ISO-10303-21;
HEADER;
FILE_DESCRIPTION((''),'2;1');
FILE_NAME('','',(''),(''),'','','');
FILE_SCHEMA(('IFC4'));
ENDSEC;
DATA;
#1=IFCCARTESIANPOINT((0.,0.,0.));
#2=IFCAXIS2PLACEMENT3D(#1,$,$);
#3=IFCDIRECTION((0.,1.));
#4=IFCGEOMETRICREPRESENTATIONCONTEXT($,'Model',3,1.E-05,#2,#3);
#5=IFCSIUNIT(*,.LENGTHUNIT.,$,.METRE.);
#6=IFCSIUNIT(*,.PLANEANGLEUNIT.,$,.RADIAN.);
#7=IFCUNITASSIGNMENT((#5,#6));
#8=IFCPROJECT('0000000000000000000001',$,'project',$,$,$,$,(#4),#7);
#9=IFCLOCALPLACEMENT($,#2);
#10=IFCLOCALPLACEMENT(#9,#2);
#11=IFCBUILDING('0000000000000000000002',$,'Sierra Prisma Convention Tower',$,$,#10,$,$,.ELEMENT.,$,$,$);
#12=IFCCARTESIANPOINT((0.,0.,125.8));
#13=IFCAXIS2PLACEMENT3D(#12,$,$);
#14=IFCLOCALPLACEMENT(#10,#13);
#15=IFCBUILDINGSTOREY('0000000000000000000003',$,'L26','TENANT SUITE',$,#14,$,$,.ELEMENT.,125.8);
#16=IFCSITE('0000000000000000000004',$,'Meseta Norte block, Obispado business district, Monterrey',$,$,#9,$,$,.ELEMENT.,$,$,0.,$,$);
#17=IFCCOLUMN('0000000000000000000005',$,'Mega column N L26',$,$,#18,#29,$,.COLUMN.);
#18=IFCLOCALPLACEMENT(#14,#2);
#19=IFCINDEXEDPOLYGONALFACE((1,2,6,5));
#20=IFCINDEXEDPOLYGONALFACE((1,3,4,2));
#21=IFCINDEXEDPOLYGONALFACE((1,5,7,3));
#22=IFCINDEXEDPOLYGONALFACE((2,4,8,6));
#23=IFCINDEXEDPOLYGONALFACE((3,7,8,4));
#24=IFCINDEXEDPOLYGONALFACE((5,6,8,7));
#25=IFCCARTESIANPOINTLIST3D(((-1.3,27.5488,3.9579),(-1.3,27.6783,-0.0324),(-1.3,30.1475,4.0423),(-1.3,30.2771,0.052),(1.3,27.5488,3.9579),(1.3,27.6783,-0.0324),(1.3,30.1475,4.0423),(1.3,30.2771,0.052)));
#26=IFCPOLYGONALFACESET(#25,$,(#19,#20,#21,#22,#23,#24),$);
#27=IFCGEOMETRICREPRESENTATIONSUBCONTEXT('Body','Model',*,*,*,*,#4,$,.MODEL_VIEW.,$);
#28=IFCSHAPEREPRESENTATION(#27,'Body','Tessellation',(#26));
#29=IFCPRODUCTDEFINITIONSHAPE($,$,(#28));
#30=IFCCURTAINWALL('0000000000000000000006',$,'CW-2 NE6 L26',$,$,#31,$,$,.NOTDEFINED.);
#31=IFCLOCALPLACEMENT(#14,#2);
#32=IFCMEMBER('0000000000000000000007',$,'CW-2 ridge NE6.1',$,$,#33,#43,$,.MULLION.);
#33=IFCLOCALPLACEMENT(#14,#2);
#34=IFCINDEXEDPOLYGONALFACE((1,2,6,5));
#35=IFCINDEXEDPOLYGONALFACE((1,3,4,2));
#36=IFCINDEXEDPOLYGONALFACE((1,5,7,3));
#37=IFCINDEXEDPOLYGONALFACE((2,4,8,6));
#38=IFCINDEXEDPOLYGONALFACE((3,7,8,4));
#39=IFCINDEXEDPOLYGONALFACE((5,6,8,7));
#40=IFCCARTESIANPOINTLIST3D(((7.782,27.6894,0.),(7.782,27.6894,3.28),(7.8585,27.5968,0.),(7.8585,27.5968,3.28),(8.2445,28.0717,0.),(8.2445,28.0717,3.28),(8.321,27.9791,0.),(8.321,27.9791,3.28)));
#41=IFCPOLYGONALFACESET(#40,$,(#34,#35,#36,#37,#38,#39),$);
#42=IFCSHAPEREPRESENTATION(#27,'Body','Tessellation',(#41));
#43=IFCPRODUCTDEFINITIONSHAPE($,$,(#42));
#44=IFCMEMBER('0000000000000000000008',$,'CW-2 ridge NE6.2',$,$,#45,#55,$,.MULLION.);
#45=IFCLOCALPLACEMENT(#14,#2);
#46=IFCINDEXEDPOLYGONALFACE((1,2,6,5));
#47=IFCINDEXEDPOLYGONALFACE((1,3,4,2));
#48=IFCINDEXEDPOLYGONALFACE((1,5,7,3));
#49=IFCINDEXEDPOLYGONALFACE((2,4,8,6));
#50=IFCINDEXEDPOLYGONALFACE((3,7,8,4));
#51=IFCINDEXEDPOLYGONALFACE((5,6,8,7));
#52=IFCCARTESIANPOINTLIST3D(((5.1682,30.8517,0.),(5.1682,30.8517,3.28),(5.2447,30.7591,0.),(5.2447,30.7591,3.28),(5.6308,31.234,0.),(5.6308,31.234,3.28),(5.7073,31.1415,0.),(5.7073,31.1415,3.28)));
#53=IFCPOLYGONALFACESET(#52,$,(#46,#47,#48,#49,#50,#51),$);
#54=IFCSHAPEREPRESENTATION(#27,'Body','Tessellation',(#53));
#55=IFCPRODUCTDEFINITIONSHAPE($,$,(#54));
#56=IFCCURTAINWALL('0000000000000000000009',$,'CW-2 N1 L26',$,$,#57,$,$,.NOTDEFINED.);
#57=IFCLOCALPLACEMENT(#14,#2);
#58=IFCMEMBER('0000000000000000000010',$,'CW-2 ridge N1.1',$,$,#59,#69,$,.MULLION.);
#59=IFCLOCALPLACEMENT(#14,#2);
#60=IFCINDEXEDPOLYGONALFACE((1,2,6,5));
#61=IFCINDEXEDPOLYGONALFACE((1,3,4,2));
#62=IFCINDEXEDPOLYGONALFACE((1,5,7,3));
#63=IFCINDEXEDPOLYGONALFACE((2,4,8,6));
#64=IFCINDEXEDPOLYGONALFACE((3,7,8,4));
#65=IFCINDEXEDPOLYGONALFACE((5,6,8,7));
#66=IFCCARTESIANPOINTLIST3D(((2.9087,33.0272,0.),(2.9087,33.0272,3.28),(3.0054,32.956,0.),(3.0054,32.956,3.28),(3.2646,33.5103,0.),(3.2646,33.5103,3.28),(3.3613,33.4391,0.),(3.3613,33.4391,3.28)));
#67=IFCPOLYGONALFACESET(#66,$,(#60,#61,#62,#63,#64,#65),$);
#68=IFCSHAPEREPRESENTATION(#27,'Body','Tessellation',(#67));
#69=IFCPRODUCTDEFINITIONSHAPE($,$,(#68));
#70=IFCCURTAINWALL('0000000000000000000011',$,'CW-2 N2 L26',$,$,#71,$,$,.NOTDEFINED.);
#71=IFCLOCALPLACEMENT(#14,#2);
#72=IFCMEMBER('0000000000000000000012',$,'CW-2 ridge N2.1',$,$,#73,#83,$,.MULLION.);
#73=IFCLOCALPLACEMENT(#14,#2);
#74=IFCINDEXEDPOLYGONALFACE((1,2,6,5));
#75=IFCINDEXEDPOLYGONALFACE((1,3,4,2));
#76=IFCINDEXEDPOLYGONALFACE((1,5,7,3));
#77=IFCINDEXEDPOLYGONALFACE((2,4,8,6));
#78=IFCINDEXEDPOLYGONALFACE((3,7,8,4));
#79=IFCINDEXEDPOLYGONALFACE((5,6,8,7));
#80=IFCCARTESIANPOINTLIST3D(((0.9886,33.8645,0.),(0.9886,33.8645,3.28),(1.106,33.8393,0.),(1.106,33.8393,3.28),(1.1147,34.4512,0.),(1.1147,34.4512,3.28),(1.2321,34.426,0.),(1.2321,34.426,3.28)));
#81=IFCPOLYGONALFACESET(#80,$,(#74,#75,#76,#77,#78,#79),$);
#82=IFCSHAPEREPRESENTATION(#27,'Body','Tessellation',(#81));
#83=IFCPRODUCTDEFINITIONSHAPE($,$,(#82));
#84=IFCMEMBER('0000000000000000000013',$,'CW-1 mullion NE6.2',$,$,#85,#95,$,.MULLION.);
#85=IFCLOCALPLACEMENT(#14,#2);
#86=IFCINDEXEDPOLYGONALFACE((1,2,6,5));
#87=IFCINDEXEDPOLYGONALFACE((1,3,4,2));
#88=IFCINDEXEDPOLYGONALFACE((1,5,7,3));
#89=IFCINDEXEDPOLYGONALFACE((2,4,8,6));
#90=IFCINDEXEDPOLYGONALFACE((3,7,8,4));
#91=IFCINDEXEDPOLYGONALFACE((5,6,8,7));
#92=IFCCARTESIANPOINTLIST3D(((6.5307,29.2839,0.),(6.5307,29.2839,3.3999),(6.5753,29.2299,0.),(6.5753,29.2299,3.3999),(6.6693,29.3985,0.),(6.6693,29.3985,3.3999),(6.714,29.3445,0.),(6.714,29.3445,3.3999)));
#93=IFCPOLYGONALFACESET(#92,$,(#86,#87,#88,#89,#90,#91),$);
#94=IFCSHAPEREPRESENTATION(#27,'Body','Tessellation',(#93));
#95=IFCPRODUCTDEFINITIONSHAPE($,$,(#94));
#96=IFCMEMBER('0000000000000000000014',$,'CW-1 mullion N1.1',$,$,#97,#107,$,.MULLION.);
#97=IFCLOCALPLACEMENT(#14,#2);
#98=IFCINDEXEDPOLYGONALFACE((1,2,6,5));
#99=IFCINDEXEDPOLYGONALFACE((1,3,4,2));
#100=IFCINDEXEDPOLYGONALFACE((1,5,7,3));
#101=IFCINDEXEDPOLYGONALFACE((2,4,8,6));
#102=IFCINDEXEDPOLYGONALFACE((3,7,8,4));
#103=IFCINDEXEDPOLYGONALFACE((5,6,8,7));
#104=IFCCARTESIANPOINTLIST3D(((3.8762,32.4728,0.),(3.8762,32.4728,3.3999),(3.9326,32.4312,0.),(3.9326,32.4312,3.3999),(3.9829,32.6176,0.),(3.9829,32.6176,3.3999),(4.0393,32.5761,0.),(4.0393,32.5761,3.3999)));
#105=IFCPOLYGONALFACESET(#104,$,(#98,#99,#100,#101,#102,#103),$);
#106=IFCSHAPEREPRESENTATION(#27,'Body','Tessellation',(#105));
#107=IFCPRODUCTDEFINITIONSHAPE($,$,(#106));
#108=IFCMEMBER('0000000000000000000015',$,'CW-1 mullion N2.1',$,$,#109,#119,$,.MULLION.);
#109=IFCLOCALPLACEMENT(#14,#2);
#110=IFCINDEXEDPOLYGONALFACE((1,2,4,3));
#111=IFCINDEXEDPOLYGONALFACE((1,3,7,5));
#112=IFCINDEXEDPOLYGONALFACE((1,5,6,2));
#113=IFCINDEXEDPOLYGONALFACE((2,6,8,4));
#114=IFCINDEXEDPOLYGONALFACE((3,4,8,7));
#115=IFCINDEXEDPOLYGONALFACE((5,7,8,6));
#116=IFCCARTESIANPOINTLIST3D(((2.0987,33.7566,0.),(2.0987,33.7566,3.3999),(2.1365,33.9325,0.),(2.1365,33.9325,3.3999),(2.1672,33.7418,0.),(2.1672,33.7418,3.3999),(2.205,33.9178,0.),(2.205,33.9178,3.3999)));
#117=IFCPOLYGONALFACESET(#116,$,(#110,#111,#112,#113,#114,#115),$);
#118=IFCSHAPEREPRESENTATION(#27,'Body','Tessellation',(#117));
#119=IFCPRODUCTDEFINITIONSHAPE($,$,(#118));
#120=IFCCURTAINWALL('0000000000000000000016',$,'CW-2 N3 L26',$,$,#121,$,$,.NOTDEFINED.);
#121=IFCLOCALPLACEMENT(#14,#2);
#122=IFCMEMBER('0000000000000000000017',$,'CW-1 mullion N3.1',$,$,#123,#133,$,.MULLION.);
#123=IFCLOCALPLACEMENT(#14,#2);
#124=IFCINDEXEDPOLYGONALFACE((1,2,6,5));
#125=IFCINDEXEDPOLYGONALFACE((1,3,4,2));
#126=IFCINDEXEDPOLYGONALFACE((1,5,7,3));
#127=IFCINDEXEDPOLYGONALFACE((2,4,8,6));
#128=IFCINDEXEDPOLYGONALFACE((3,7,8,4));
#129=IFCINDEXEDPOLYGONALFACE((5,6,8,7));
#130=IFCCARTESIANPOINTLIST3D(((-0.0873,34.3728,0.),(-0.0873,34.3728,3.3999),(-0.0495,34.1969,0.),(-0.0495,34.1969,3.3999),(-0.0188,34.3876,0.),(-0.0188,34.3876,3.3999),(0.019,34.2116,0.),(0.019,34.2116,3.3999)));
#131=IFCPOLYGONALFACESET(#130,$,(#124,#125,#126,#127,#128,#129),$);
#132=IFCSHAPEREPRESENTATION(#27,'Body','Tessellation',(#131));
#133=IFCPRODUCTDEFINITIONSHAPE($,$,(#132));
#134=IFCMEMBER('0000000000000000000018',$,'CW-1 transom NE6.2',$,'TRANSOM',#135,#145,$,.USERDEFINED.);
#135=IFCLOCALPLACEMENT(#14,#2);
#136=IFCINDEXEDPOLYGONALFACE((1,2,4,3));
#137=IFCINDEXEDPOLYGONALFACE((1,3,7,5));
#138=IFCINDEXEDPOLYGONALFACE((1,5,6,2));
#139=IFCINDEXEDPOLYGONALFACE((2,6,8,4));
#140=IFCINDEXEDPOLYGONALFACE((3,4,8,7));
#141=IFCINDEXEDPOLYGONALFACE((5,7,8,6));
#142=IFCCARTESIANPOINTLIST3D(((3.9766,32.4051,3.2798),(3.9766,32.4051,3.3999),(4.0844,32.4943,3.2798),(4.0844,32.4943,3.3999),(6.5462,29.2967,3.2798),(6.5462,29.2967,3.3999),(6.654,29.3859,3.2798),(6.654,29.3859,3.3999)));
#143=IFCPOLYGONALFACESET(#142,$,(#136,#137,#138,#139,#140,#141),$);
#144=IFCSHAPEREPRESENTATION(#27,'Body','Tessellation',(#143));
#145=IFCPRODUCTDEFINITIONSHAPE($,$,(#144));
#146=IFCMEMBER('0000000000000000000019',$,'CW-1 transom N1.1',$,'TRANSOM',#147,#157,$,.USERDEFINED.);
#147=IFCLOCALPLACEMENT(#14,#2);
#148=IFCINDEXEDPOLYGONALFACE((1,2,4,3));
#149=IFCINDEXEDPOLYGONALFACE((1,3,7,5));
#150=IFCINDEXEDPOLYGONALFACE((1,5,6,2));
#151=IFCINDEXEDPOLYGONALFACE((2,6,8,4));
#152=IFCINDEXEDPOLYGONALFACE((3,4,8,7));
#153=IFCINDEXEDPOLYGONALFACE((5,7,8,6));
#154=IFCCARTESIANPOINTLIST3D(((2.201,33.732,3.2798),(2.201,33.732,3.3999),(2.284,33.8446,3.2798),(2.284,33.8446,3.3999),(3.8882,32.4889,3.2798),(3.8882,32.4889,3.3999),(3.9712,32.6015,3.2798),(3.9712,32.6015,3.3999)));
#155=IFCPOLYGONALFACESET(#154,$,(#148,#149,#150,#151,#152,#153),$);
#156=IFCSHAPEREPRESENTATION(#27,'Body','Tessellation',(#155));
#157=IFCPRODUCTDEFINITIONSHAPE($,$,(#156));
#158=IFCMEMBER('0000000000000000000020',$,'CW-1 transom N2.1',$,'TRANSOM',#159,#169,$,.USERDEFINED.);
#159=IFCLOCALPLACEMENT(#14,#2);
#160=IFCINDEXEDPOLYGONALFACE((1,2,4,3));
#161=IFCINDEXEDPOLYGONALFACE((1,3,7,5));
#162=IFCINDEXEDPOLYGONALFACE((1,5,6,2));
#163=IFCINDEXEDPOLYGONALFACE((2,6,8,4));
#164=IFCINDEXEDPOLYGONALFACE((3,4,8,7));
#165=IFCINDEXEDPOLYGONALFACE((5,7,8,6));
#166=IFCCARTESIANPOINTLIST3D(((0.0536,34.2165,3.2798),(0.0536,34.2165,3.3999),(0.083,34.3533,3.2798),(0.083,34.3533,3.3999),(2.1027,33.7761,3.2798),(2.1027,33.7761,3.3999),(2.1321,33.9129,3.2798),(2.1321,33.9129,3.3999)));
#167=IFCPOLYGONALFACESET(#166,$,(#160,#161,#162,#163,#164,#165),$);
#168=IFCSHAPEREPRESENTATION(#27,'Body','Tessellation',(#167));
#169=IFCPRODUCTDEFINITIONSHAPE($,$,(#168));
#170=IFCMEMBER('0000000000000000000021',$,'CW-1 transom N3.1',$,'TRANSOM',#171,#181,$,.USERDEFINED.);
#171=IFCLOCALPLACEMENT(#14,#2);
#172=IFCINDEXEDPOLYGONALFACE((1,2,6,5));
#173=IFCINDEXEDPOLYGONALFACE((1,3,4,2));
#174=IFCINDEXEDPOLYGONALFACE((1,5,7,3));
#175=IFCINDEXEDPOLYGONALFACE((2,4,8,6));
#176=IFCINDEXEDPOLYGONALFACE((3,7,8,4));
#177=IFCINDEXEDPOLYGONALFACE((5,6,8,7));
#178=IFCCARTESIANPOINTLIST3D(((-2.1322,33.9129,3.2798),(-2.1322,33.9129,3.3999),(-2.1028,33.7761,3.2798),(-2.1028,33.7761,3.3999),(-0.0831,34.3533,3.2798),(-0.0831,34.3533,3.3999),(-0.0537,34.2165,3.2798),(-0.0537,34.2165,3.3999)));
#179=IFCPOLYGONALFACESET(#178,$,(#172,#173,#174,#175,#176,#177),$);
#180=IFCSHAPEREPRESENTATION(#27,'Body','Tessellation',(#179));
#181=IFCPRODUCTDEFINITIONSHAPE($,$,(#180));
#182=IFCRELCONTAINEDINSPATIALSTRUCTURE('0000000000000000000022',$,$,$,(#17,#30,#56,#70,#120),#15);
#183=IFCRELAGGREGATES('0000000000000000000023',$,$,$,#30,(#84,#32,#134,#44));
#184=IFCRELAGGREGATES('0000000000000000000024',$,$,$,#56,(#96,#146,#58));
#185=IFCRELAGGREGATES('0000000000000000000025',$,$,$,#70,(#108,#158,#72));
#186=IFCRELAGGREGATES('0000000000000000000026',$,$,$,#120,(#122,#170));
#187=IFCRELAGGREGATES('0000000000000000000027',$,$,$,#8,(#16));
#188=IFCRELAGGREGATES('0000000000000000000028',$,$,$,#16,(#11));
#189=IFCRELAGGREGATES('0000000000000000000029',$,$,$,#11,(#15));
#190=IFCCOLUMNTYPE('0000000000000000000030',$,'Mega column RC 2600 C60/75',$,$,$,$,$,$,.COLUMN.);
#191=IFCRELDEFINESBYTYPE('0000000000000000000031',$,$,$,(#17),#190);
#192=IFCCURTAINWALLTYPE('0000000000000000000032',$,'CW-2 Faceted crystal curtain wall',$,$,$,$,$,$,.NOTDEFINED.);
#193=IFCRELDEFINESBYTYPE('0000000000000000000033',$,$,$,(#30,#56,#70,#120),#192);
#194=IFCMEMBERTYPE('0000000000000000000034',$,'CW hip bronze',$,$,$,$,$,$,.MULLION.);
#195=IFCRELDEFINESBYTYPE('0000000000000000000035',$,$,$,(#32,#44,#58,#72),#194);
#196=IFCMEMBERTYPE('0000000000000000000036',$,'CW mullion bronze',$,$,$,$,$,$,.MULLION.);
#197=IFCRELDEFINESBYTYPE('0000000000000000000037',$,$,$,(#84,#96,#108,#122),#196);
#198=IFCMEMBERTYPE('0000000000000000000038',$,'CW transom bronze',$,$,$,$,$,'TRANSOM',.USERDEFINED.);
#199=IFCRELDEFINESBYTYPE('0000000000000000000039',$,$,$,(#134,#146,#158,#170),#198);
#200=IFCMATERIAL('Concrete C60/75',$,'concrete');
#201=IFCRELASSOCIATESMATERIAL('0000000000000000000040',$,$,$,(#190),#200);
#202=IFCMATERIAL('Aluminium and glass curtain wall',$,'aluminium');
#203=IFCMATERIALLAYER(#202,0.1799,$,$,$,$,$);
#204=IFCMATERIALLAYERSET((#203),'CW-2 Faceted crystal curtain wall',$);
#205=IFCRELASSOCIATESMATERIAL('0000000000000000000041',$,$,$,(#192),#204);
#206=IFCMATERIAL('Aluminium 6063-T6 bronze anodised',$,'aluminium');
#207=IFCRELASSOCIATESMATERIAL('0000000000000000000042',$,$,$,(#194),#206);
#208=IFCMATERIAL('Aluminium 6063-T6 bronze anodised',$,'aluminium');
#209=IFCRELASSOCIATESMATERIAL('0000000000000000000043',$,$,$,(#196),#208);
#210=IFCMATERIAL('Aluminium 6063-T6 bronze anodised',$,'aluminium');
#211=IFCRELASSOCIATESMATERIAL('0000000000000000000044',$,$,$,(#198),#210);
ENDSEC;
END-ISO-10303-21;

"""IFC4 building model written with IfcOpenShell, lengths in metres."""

from ifc_helpers import new_model, si_unit, direction, frame, origin, origin_2d, place, context, subcontext, project, spatial, rectangle, extrude, clip, halfspace, material, layer, layer_set, material_profile, profile_set, type_object, element, aggregate, save


model = new_model("IFC4")

# Units and contexts
model_context = context("Model", 3, precision=1e-05, world=origin(), true_north=direction((0.0, 1.0)))
body_context = subcontext(model_context, "Body", "Model", "MODEL_VIEW")
ifc_project = project(units=[si_unit("LENGTHUNIT", "METRE"), si_unit("PLANEANGLEUNIT", "RADIAN")], contexts=[model_context])

# Site, building, storey
site_placement = place(None, origin())
site = spatial("IfcSite", under=ifc_project, at=site_placement, Name="Meseta Norte block, Obispado business district, Monterrey", CompositionType="ELEMENT", RefElevation=0.0)
building_placement = place(site_placement, origin())
building = spatial("IfcBuilding", under=site, at=building_placement, Name="Sierra Prisma Convention Tower", CompositionType="ELEMENT")
storey_placement = place(building_placement, frame((0.0, 0.0, 125.8)))
storey = spatial("IfcBuildingStorey", under=building, at=storey_placement, Name="L26", Description="TENANT SUITE", CompositionType="ELEMENT", Elevation=125.8)

# Column
ifc_material_1 = material(Name="Concrete C60/75", Category="concrete")
ifc_material_profile_1 = material_profile(ifc_material_1, rectangle(XDim=2.6001, YDim=2.6001, at=origin_2d()), Name="Mega column RC 2600 C60/75")
ifc_profile_set_1 = profile_set([ifc_material_profile_1], Name="Concrete C60/75")
column_type = type_object("IfcColumnType", Name="Mega column RC 2600 C60/75", PredefinedType="COLUMN", material=ifc_profile_set_1)
column_placement = place(storey_placement, frame((0.0, 28.978, 0.0), z_axis=(0.0, -0.032454, 0.999473), x_axis=(1.0, 0.0, 0.0)))
element("IfcColumn", 1, at=column_placement, inside=storey, type_object=column_type, Name="Mega column N L26", PredefinedType="COLUMN", context=body_context, shape_type="SweptSolid", body=[
    clip(extrude(rectangle(XDim=2.6001, YDim=2.6001, at=origin_2d()), origin(), (0.0, 0.0, 1.0), 4.0022), halfspace(frame((0.0, 0.0, 0.0098)), True)),
])

# Curtain wall, members
ifc_material_2 = material(Name="Aluminium and glass curtain wall", Category="aluminium")
ifc_layer_1 = layer(ifc_material_2, 0.1799)
ifc_layer_set_1 = layer_set([ifc_layer_1], Name="CW-2 Faceted crystal curtain wall")
curtain_wall_type = type_object("IfcCurtainWallType", Name="CW-2 Faceted crystal curtain wall", PredefinedType="NOTDEFINED", material=ifc_layer_set_1)
curtain_wall_1_placement = place(storey_placement, origin())
curtain_wall_1 = element("IfcCurtainWall", 2, at=curtain_wall_1_placement, inside=storey, type_object=curtain_wall_type, Name="CW-2 NE6 L26", PredefinedType="NOTDEFINED")
ifc_material_3 = material(Name="Aluminium 6063-T6 bronze anodised", Category="aluminium")
ifc_material_profile_2 = material_profile(ifc_material_3, rectangle(XDim=0.1201, YDim=0.6001, at=origin_2d()), Name="ALU RIDGE BLADE 120x600")
ifc_profile_set_2 = profile_set([ifc_material_profile_2], Name="Aluminium 6063-T6 bronze anodised")
member_type_1 = type_object("IfcMemberType", Name="CW hip bronze", PredefinedType="MULLION", material=ifc_profile_set_2)
member_1_placement = place(storey_placement, frame((8.0515, 27.8342, 0.0), z_axis=(0.0, 0.0, 1.0), x_axis=(-0.637109, 0.770774, 0.0)))
member_1 = element("IfcMember", 3, at=member_1_placement, type_object=member_type_1, Name="CW-2 ridge NE6.1", PredefinedType="MULLION", context=body_context, shape_type="SweptSolid", body=[
    extrude(rectangle(XDim=0.1201, YDim=0.6001, at=origin_2d()), origin(), (0.0, 0.0, 1.0), 3.28),
])
member_2_placement = place(storey_placement, frame((5.4377, 30.9966, 0.0), z_axis=(0.0, 0.0, 1.0), x_axis=(-0.637109, 0.770774, 0.0)))
member_2 = element("IfcMember", 4, at=member_2_placement, type_object=member_type_1, Name="CW-2 ridge NE6.2", PredefinedType="MULLION", context=body_context, shape_type="SweptSolid", body=[
    extrude(rectangle(XDim=0.1201, YDim=0.6001, at=origin_2d()), origin(), (0.0, 0.0, 1.0), 3.28),
])

# Curtain walls, members
curtain_wall_2_placement = place(storey_placement, origin())
curtain_wall_2 = element("IfcCurtainWall", 5, at=curtain_wall_2_placement, inside=storey, type_object=curtain_wall_type, Name="CW-2 N1 L26", PredefinedType="NOTDEFINED")
member_3_placement = place(storey_placement, frame((3.135, 33.2332, 0.0), z_axis=(0.0, 0.0, 1.0), x_axis=(-0.80509, 0.593153, 0.0)))
member_3 = element("IfcMember", 6, at=member_3_placement, type_object=member_type_1, Name="CW-2 ridge N1.1", PredefinedType="MULLION", context=body_context, shape_type="SweptSolid", body=[
    extrude(rectangle(XDim=0.1201, YDim=0.6001, at=origin_2d()), origin(), (0.0, 0.0, 1.0), 3.28),
])
curtain_wall_3_placement = place(storey_placement, origin())
curtain_wall_3 = element("IfcCurtainWall", 7, at=curtain_wall_3_placement, inside=storey, type_object=curtain_wall_type, Name="CW-2 N2 L26", PredefinedType="NOTDEFINED")
member_4_placement = place(storey_placement, frame((1.1104, 34.1453, 0.0), z_axis=(0.0, 0.0, 1.0), x_axis=(-0.977684, 0.21008, 0.0)))
member_4 = element("IfcMember", 8, at=member_4_placement, type_object=member_type_1, Name="CW-2 ridge N2.1", PredefinedType="MULLION", context=body_context, shape_type="SweptSolid", body=[
    extrude(rectangle(XDim=0.1201, YDim=0.6001, at=origin_2d()), origin(), (0.0, 0.0, 1.0), 3.28),
])

# Members
ifc_material_4 = material(Name="Aluminium 6063-T6 bronze anodised", Category="aluminium")
ifc_material_profile_3 = material_profile(ifc_material_4, rectangle(XDim=0.1799, YDim=0.0701, at=origin_2d()), Name="ALU MULLION 70x180")
ifc_profile_set_3 = profile_set([ifc_material_profile_3], Name="Aluminium 6063-T6 bronze anodised")
member_type_2 = type_object("IfcMemberType", Name="CW mullion bronze", PredefinedType="MULLION", material=ifc_profile_set_3)
member_5_placement = place(storey_placement, frame((6.6223, 29.3142, 0.0), z_axis=(0.0, 0.0, 1.0), x_axis=(-0.770774, -0.637109, 0.0)))
member_5 = element("IfcMember", 9, at=member_5_placement, type_object=member_type_2, Name="CW-1 mullion NE6.2", PredefinedType="MULLION", context=body_context, shape_type="SweptSolid", body=[
    extrude(rectangle(XDim=0.1799, YDim=0.0701, at=origin_2d()), origin(), (0.0, 0.0, 1.0), 3.3999),
])
member_6_placement = place(storey_placement, frame((3.9578, 32.5244, 0.0), z_axis=(0.0, 0.0, 1.0), x_axis=(-0.593153, -0.80509, 0.0)))
member_6 = element("IfcMember", 10, at=member_6_placement, type_object=member_type_2, Name="CW-1 mullion N1.1", PredefinedType="MULLION", context=body_context, shape_type="SweptSolid", body=[
    extrude(rectangle(XDim=0.1799, YDim=0.0701, at=origin_2d()), origin(), (0.0, 0.0, 1.0), 3.3999),
])
member_7_placement = place(storey_placement, frame((2.1519, 33.8372, 0.0), z_axis=(0.0, 0.0, 1.0), x_axis=(-0.21008, -0.977684, 0.0)))
member_7 = element("IfcMember", 11, at=member_7_placement, type_object=member_type_2, Name="CW-1 mullion N2.1", PredefinedType="MULLION", context=body_context, shape_type="SweptSolid", body=[
    extrude(rectangle(XDim=0.1799, YDim=0.0701, at=origin_2d()), origin(), (0.0, 0.0, 1.0), 3.3999),
])

# Curtain wall, member
curtain_wall_4_placement = place(storey_placement, origin())
curtain_wall_4 = element("IfcCurtainWall", 12, at=curtain_wall_4_placement, inside=storey, type_object=curtain_wall_type, Name="CW-2 N3 L26", PredefinedType="NOTDEFINED")
member_8_placement = place(storey_placement, frame((-0.0342, 34.2922, 0.0), z_axis=(0.0, 0.0, 1.0), x_axis=(0.21008, -0.977684, 0.0)))
member_8 = element("IfcMember", 13, at=member_8_placement, type_object=member_type_2, Name="CW-1 mullion N3.1", PredefinedType="MULLION", context=body_context, shape_type="SweptSolid", body=[
    extrude(rectangle(XDim=0.1799, YDim=0.0701, at=origin_2d()), origin(), (0.0, 0.0, 1.0), 3.3999),
])

# Members
ifc_material_5 = material(Name="Aluminium 6063-T6 bronze anodised", Category="aluminium")
ifc_material_profile_4 = material_profile(ifc_material_5, rectangle(XDim=0.1399, YDim=0.1201, at=origin_2d()), Name="ALU TRANSOM 120x140")
ifc_profile_set_4 = profile_set([ifc_material_profile_4], Name="Aluminium 6063-T6 bronze anodised")
member_type_3 = type_object("IfcMemberType", Name="CW transom bronze", ElementType="TRANSOM", PredefinedType="USERDEFINED", material=ifc_profile_set_4)
member_9_placement = place(storey_placement, frame((6.6001, 29.3413, 3.3398), z_axis=(-0.637143, 0.770746, 0.0), x_axis=(-0.770746, -0.637143, 0.0)))
member_9 = element("IfcMember", 14, at=member_9_placement, type_object=member_type_3, Name="CW-1 transom NE6.2", ObjectType="TRANSOM", PredefinedType="USERDEFINED", context=body_context, shape_type="SweptSolid", body=[
    extrude(rectangle(XDim=0.1399, YDim=0.1201, at=origin_2d()), origin(), (0.0, 0.0, 1.0), 4.033),
])
member_10_placement = place(storey_placement, frame((3.9297, 32.5452, 3.3398), z_axis=(-0.805073, 0.593175, 0.0), x_axis=(-0.593175, -0.805073, 0.0)))
member_10 = element("IfcMember", 15, at=member_10_placement, type_object=member_type_3, Name="CW-1 transom N1.1", ObjectType="TRANSOM", PredefinedType="USERDEFINED", context=body_context, shape_type="SweptSolid", body=[
    extrude(rectangle(XDim=0.1399, YDim=0.1201, at=origin_2d()), origin(), (0.0, 0.0, 1.0), 2.0957),
])
member_11_placement = place(storey_placement, frame((2.1174, 33.8445, 3.3398), z_axis=(-0.977671, 0.210142, 0.0), x_axis=(-0.210142, -0.977671, 0.0)))
member_11 = element("IfcMember", 16, at=member_11_placement, type_object=member_type_3, Name="CW-1 transom N2.1", ObjectType="TRANSOM", PredefinedType="USERDEFINED", context=body_context, shape_type="SweptSolid", body=[
    extrude(rectangle(XDim=0.1399, YDim=0.1201, at=origin_2d()), origin(), (0.0, 0.0, 1.0), 2.0959),
])
member_12_placement = place(storey_placement, frame((-0.0684, 34.2849, 3.3398), z_axis=(-0.977671, -0.210142, 0.0), x_axis=(0.210142, -0.977671, 0.0)))
member_12 = element("IfcMember", 17, at=member_12_placement, type_object=member_type_3, Name="CW-1 transom N3.1", ObjectType="TRANSOM", PredefinedType="USERDEFINED", context=body_context, shape_type="SweptSolid", body=[
    extrude(rectangle(XDim=0.1399, YDim=0.1201, at=origin_2d()), origin(), (0.0, 0.0, 1.0), 2.0959),
])

aggregate(curtain_wall_1, [member_5, member_1, member_9, member_2])
aggregate(curtain_wall_2, [member_6, member_10, member_3])
aggregate(curtain_wall_3, [member_7, member_11, member_4])
aggregate(curtain_wall_4, [member_8, member_12])

save(model, "model.ifc")
